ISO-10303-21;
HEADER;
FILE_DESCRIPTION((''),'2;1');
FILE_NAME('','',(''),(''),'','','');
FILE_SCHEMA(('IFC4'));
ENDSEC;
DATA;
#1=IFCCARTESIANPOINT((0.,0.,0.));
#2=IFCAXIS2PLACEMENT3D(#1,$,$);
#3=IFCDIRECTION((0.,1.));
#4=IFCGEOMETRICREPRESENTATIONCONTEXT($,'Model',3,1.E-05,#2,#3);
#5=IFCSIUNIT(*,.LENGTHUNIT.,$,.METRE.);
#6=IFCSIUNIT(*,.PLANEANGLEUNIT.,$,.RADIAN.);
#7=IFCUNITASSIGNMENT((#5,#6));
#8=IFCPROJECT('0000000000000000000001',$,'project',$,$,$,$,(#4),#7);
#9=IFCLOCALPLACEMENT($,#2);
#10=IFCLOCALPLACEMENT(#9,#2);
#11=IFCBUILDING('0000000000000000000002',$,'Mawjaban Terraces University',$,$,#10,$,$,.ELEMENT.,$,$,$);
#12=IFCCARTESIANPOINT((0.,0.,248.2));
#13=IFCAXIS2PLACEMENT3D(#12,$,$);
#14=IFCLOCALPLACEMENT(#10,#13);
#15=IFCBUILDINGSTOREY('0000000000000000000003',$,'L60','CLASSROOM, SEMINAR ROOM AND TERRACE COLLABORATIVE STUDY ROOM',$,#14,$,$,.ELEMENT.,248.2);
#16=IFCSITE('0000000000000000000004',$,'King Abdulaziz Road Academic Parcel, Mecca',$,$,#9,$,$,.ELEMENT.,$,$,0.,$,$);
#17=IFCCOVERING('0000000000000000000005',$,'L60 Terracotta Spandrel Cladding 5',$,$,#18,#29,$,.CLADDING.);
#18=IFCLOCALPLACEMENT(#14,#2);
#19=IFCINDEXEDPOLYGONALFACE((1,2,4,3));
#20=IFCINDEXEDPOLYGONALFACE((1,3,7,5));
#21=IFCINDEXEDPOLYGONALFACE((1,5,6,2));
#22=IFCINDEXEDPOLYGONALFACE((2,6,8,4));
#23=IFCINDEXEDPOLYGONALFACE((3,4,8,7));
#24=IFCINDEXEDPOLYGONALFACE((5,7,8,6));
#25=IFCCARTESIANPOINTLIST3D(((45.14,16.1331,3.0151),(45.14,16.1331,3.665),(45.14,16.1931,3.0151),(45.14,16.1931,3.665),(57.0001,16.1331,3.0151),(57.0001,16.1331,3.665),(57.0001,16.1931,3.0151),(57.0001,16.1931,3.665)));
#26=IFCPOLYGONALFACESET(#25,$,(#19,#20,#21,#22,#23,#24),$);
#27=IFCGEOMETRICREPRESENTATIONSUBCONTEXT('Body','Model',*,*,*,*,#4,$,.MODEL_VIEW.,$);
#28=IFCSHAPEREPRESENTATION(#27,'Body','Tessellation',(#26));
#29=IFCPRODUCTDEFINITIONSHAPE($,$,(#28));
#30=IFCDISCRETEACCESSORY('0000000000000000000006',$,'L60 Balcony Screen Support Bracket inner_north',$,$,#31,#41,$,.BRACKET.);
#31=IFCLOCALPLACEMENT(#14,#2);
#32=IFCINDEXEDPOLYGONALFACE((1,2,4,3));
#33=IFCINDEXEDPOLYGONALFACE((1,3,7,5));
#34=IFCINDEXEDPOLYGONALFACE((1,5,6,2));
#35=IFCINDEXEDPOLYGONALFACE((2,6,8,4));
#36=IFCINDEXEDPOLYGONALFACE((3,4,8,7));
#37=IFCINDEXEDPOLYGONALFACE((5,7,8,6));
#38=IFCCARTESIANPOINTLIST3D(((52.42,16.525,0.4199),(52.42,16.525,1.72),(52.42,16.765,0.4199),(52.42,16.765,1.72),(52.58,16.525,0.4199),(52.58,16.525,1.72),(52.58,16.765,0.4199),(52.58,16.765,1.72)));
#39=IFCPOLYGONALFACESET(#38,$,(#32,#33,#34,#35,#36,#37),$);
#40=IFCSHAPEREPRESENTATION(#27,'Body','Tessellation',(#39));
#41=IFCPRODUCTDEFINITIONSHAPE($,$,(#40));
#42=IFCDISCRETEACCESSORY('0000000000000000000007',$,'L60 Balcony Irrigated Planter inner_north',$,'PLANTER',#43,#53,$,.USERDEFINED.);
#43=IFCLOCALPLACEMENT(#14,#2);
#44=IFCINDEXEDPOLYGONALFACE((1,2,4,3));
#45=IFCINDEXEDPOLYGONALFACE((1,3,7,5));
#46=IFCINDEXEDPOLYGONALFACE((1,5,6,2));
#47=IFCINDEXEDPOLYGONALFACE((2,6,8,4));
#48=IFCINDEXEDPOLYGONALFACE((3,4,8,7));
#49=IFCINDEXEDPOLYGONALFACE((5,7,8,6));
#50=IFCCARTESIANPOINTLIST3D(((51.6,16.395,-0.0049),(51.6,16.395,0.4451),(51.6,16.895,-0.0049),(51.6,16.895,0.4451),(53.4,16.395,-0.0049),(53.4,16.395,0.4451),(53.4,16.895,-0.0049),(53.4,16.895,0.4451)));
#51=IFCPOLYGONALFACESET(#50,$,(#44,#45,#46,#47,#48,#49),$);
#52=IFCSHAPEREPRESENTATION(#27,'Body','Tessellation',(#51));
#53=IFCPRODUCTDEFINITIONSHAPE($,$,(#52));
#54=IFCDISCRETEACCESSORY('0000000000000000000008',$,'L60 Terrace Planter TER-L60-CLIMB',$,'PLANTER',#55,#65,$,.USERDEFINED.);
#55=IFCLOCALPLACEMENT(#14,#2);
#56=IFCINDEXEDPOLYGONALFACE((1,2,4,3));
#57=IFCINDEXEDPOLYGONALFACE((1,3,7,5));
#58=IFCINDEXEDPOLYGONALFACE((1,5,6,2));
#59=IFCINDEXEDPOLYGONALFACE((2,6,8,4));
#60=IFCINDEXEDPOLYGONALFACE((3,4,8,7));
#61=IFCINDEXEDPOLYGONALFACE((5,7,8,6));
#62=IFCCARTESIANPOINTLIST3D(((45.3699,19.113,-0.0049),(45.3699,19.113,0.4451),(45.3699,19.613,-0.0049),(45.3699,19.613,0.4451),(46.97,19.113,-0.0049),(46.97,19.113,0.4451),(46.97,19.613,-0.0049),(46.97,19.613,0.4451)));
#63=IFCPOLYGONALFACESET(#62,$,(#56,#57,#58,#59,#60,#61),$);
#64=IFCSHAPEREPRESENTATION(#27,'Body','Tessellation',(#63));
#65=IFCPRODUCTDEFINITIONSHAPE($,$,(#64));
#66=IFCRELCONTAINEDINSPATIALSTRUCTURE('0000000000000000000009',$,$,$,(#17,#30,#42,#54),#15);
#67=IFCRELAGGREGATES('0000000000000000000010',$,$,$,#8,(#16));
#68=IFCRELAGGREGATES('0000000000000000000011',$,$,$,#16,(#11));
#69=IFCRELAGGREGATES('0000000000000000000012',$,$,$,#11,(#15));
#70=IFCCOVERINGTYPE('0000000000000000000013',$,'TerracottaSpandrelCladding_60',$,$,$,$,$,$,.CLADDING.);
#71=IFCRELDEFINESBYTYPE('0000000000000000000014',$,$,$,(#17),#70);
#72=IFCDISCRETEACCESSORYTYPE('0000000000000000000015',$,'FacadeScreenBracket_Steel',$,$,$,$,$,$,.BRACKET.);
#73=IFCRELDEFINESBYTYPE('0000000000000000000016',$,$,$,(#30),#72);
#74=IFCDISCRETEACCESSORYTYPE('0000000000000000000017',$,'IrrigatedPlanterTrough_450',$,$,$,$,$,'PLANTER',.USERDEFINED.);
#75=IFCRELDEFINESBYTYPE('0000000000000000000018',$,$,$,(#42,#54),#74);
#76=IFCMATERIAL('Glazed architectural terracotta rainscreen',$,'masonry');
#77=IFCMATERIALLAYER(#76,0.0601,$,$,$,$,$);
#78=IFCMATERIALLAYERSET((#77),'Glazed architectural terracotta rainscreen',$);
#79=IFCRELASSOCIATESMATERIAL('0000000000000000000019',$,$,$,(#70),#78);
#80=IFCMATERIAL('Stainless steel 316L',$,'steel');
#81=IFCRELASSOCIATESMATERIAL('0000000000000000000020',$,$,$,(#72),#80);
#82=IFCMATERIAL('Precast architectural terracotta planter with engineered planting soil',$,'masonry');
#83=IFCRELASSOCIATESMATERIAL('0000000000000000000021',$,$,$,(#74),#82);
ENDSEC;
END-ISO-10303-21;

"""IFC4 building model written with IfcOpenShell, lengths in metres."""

from ifc_helpers import new_model, si_unit, direction, frame, origin, origin_2d, place, context, subcontext, project, spatial, rectangle, extrude, material, layer, layer_set, type_object, element, save


model = new_model("IFC4")

# Units and contexts
model_context = context("Model", 3, precision=1e-05, world=origin(), true_north=direction((0.0, 1.0)))
body_context = subcontext(model_context, "Body", "Model", "MODEL_VIEW")
ifc_project = project(units=[si_unit("LENGTHUNIT", "METRE"), si_unit("PLANEANGLEUNIT", "RADIAN")], contexts=[model_context])

# Site, building, storey
site_placement = place(None, origin())
site = spatial("IfcSite", under=ifc_project, at=site_placement, Name="King Abdulaziz Road Academic Parcel, Mecca", CompositionType="ELEMENT", RefElevation=0.0)
building_placement = place(site_placement, origin())
building = spatial("IfcBuilding", under=site, at=building_placement, Name="Mawjaban Terraces University", CompositionType="ELEMENT")
storey_placement = place(building_placement, frame((0.0, 0.0, 248.2)))
storey = spatial("IfcBuildingStorey", under=building, at=storey_placement, Name="L60", Description="CLASSROOM, SEMINAR ROOM AND TERRACE COLLABORATIVE STUDY ROOM", CompositionType="ELEMENT", Elevation=248.2)

# Covering
ifc_material_1 = material(Name="Glazed architectural terracotta rainscreen", Category="masonry")
ifc_layer_1 = layer(ifc_material_1, 0.0601)
ifc_layer_set_1 = layer_set([ifc_layer_1], Name="Glazed architectural terracotta rainscreen")
covering_type = type_object("IfcCoveringType", Name="TerracottaSpandrelCladding_60", PredefinedType="CLADDING", material=ifc_layer_set_1)
covering_placement = place(storey_placement, frame((51.0701, 16.1631, 3.0151), z_axis=(0.0, 0.0, 1.0), x_axis=(-1.0, 0.0, 0.0)))
element("IfcCovering", 1, at=covering_placement, inside=storey, type_object=covering_type, Name="L60 Terracotta Spandrel Cladding 5", PredefinedType="CLADDING", context=body_context, shape_type="SweptSolid", body=[
    extrude(rectangle(XDim=11.8601, YDim=0.0601, at=origin_2d()), origin(), (0.0, 0.0, 1.0), 0.6499),
])

# Discrete accessories
ifc_material_2 = material(Name="Stainless steel 316L", Category="steel")
discrete_accessory_type_1 = type_object("IfcDiscreteAccessoryType", Name="FacadeScreenBracket_Steel", PredefinedType="BRACKET", material=ifc_material_2)
discrete_accessory_1_placement = place(storey_placement, frame((52.5, 16.645, 0.4199), z_axis=(0.0, 0.0, 1.0), x_axis=(1.0, 0.0, 0.0)))
element("IfcDiscreteAccessory", 2, at=discrete_accessory_1_placement, inside=storey, type_object=discrete_accessory_type_1, Name="L60 Balcony Screen Support Bracket inner_north", PredefinedType="BRACKET", context=body_context, shape_type="SweptSolid", body=[
    extrude(rectangle(XDim=0.1599, YDim=0.24, at=origin_2d()), origin(), (0.0, 0.0, 1.0), 1.3),
])
ifc_material_3 = material(Name="Precast architectural terracotta planter with engineered planting soil", Category="masonry")
discrete_accessory_type_2 = type_object("IfcDiscreteAccessoryType", Name="IrrigatedPlanterTrough_450", ElementType="PLANTER", PredefinedType="USERDEFINED", material=ifc_material_3)
discrete_accessory_2_placement = place(storey_placement, frame((52.5, 16.645, -0.0049), z_axis=(0.0, 0.0, 1.0), x_axis=(1.0, 0.0, 0.0)))
element("IfcDiscreteAccessory", 3, at=discrete_accessory_2_placement, inside=storey, type_object=discrete_accessory_type_2, Name="L60 Balcony Irrigated Planter inner_north", ObjectType="PLANTER", PredefinedType="USERDEFINED", context=body_context, shape_type="SweptSolid", body=[
    extrude(rectangle(XDim=1.8, YDim=0.5, at=origin_2d()), origin(), (0.0, 0.0, 1.0), 0.45),
])
discrete_accessory_3_placement = place(storey_placement, frame((46.1699, 19.363, -0.0049), z_axis=(0.0, 0.0, 1.0), x_axis=(1.0, 0.0, 0.0)))
element("IfcDiscreteAccessory", 4, at=discrete_accessory_3_placement, inside=storey, type_object=discrete_accessory_type_2, Name="L60 Terrace Planter TER-L60-CLIMB", ObjectType="PLANTER", PredefinedType="USERDEFINED", context=body_context, shape_type="SweptSolid", body=[
    extrude(rectangle(XDim=1.6001, YDim=0.5, at=origin_2d()), origin(), (0.0, 0.0, 1.0), 0.45),
])

save(model, "model.ifc")
